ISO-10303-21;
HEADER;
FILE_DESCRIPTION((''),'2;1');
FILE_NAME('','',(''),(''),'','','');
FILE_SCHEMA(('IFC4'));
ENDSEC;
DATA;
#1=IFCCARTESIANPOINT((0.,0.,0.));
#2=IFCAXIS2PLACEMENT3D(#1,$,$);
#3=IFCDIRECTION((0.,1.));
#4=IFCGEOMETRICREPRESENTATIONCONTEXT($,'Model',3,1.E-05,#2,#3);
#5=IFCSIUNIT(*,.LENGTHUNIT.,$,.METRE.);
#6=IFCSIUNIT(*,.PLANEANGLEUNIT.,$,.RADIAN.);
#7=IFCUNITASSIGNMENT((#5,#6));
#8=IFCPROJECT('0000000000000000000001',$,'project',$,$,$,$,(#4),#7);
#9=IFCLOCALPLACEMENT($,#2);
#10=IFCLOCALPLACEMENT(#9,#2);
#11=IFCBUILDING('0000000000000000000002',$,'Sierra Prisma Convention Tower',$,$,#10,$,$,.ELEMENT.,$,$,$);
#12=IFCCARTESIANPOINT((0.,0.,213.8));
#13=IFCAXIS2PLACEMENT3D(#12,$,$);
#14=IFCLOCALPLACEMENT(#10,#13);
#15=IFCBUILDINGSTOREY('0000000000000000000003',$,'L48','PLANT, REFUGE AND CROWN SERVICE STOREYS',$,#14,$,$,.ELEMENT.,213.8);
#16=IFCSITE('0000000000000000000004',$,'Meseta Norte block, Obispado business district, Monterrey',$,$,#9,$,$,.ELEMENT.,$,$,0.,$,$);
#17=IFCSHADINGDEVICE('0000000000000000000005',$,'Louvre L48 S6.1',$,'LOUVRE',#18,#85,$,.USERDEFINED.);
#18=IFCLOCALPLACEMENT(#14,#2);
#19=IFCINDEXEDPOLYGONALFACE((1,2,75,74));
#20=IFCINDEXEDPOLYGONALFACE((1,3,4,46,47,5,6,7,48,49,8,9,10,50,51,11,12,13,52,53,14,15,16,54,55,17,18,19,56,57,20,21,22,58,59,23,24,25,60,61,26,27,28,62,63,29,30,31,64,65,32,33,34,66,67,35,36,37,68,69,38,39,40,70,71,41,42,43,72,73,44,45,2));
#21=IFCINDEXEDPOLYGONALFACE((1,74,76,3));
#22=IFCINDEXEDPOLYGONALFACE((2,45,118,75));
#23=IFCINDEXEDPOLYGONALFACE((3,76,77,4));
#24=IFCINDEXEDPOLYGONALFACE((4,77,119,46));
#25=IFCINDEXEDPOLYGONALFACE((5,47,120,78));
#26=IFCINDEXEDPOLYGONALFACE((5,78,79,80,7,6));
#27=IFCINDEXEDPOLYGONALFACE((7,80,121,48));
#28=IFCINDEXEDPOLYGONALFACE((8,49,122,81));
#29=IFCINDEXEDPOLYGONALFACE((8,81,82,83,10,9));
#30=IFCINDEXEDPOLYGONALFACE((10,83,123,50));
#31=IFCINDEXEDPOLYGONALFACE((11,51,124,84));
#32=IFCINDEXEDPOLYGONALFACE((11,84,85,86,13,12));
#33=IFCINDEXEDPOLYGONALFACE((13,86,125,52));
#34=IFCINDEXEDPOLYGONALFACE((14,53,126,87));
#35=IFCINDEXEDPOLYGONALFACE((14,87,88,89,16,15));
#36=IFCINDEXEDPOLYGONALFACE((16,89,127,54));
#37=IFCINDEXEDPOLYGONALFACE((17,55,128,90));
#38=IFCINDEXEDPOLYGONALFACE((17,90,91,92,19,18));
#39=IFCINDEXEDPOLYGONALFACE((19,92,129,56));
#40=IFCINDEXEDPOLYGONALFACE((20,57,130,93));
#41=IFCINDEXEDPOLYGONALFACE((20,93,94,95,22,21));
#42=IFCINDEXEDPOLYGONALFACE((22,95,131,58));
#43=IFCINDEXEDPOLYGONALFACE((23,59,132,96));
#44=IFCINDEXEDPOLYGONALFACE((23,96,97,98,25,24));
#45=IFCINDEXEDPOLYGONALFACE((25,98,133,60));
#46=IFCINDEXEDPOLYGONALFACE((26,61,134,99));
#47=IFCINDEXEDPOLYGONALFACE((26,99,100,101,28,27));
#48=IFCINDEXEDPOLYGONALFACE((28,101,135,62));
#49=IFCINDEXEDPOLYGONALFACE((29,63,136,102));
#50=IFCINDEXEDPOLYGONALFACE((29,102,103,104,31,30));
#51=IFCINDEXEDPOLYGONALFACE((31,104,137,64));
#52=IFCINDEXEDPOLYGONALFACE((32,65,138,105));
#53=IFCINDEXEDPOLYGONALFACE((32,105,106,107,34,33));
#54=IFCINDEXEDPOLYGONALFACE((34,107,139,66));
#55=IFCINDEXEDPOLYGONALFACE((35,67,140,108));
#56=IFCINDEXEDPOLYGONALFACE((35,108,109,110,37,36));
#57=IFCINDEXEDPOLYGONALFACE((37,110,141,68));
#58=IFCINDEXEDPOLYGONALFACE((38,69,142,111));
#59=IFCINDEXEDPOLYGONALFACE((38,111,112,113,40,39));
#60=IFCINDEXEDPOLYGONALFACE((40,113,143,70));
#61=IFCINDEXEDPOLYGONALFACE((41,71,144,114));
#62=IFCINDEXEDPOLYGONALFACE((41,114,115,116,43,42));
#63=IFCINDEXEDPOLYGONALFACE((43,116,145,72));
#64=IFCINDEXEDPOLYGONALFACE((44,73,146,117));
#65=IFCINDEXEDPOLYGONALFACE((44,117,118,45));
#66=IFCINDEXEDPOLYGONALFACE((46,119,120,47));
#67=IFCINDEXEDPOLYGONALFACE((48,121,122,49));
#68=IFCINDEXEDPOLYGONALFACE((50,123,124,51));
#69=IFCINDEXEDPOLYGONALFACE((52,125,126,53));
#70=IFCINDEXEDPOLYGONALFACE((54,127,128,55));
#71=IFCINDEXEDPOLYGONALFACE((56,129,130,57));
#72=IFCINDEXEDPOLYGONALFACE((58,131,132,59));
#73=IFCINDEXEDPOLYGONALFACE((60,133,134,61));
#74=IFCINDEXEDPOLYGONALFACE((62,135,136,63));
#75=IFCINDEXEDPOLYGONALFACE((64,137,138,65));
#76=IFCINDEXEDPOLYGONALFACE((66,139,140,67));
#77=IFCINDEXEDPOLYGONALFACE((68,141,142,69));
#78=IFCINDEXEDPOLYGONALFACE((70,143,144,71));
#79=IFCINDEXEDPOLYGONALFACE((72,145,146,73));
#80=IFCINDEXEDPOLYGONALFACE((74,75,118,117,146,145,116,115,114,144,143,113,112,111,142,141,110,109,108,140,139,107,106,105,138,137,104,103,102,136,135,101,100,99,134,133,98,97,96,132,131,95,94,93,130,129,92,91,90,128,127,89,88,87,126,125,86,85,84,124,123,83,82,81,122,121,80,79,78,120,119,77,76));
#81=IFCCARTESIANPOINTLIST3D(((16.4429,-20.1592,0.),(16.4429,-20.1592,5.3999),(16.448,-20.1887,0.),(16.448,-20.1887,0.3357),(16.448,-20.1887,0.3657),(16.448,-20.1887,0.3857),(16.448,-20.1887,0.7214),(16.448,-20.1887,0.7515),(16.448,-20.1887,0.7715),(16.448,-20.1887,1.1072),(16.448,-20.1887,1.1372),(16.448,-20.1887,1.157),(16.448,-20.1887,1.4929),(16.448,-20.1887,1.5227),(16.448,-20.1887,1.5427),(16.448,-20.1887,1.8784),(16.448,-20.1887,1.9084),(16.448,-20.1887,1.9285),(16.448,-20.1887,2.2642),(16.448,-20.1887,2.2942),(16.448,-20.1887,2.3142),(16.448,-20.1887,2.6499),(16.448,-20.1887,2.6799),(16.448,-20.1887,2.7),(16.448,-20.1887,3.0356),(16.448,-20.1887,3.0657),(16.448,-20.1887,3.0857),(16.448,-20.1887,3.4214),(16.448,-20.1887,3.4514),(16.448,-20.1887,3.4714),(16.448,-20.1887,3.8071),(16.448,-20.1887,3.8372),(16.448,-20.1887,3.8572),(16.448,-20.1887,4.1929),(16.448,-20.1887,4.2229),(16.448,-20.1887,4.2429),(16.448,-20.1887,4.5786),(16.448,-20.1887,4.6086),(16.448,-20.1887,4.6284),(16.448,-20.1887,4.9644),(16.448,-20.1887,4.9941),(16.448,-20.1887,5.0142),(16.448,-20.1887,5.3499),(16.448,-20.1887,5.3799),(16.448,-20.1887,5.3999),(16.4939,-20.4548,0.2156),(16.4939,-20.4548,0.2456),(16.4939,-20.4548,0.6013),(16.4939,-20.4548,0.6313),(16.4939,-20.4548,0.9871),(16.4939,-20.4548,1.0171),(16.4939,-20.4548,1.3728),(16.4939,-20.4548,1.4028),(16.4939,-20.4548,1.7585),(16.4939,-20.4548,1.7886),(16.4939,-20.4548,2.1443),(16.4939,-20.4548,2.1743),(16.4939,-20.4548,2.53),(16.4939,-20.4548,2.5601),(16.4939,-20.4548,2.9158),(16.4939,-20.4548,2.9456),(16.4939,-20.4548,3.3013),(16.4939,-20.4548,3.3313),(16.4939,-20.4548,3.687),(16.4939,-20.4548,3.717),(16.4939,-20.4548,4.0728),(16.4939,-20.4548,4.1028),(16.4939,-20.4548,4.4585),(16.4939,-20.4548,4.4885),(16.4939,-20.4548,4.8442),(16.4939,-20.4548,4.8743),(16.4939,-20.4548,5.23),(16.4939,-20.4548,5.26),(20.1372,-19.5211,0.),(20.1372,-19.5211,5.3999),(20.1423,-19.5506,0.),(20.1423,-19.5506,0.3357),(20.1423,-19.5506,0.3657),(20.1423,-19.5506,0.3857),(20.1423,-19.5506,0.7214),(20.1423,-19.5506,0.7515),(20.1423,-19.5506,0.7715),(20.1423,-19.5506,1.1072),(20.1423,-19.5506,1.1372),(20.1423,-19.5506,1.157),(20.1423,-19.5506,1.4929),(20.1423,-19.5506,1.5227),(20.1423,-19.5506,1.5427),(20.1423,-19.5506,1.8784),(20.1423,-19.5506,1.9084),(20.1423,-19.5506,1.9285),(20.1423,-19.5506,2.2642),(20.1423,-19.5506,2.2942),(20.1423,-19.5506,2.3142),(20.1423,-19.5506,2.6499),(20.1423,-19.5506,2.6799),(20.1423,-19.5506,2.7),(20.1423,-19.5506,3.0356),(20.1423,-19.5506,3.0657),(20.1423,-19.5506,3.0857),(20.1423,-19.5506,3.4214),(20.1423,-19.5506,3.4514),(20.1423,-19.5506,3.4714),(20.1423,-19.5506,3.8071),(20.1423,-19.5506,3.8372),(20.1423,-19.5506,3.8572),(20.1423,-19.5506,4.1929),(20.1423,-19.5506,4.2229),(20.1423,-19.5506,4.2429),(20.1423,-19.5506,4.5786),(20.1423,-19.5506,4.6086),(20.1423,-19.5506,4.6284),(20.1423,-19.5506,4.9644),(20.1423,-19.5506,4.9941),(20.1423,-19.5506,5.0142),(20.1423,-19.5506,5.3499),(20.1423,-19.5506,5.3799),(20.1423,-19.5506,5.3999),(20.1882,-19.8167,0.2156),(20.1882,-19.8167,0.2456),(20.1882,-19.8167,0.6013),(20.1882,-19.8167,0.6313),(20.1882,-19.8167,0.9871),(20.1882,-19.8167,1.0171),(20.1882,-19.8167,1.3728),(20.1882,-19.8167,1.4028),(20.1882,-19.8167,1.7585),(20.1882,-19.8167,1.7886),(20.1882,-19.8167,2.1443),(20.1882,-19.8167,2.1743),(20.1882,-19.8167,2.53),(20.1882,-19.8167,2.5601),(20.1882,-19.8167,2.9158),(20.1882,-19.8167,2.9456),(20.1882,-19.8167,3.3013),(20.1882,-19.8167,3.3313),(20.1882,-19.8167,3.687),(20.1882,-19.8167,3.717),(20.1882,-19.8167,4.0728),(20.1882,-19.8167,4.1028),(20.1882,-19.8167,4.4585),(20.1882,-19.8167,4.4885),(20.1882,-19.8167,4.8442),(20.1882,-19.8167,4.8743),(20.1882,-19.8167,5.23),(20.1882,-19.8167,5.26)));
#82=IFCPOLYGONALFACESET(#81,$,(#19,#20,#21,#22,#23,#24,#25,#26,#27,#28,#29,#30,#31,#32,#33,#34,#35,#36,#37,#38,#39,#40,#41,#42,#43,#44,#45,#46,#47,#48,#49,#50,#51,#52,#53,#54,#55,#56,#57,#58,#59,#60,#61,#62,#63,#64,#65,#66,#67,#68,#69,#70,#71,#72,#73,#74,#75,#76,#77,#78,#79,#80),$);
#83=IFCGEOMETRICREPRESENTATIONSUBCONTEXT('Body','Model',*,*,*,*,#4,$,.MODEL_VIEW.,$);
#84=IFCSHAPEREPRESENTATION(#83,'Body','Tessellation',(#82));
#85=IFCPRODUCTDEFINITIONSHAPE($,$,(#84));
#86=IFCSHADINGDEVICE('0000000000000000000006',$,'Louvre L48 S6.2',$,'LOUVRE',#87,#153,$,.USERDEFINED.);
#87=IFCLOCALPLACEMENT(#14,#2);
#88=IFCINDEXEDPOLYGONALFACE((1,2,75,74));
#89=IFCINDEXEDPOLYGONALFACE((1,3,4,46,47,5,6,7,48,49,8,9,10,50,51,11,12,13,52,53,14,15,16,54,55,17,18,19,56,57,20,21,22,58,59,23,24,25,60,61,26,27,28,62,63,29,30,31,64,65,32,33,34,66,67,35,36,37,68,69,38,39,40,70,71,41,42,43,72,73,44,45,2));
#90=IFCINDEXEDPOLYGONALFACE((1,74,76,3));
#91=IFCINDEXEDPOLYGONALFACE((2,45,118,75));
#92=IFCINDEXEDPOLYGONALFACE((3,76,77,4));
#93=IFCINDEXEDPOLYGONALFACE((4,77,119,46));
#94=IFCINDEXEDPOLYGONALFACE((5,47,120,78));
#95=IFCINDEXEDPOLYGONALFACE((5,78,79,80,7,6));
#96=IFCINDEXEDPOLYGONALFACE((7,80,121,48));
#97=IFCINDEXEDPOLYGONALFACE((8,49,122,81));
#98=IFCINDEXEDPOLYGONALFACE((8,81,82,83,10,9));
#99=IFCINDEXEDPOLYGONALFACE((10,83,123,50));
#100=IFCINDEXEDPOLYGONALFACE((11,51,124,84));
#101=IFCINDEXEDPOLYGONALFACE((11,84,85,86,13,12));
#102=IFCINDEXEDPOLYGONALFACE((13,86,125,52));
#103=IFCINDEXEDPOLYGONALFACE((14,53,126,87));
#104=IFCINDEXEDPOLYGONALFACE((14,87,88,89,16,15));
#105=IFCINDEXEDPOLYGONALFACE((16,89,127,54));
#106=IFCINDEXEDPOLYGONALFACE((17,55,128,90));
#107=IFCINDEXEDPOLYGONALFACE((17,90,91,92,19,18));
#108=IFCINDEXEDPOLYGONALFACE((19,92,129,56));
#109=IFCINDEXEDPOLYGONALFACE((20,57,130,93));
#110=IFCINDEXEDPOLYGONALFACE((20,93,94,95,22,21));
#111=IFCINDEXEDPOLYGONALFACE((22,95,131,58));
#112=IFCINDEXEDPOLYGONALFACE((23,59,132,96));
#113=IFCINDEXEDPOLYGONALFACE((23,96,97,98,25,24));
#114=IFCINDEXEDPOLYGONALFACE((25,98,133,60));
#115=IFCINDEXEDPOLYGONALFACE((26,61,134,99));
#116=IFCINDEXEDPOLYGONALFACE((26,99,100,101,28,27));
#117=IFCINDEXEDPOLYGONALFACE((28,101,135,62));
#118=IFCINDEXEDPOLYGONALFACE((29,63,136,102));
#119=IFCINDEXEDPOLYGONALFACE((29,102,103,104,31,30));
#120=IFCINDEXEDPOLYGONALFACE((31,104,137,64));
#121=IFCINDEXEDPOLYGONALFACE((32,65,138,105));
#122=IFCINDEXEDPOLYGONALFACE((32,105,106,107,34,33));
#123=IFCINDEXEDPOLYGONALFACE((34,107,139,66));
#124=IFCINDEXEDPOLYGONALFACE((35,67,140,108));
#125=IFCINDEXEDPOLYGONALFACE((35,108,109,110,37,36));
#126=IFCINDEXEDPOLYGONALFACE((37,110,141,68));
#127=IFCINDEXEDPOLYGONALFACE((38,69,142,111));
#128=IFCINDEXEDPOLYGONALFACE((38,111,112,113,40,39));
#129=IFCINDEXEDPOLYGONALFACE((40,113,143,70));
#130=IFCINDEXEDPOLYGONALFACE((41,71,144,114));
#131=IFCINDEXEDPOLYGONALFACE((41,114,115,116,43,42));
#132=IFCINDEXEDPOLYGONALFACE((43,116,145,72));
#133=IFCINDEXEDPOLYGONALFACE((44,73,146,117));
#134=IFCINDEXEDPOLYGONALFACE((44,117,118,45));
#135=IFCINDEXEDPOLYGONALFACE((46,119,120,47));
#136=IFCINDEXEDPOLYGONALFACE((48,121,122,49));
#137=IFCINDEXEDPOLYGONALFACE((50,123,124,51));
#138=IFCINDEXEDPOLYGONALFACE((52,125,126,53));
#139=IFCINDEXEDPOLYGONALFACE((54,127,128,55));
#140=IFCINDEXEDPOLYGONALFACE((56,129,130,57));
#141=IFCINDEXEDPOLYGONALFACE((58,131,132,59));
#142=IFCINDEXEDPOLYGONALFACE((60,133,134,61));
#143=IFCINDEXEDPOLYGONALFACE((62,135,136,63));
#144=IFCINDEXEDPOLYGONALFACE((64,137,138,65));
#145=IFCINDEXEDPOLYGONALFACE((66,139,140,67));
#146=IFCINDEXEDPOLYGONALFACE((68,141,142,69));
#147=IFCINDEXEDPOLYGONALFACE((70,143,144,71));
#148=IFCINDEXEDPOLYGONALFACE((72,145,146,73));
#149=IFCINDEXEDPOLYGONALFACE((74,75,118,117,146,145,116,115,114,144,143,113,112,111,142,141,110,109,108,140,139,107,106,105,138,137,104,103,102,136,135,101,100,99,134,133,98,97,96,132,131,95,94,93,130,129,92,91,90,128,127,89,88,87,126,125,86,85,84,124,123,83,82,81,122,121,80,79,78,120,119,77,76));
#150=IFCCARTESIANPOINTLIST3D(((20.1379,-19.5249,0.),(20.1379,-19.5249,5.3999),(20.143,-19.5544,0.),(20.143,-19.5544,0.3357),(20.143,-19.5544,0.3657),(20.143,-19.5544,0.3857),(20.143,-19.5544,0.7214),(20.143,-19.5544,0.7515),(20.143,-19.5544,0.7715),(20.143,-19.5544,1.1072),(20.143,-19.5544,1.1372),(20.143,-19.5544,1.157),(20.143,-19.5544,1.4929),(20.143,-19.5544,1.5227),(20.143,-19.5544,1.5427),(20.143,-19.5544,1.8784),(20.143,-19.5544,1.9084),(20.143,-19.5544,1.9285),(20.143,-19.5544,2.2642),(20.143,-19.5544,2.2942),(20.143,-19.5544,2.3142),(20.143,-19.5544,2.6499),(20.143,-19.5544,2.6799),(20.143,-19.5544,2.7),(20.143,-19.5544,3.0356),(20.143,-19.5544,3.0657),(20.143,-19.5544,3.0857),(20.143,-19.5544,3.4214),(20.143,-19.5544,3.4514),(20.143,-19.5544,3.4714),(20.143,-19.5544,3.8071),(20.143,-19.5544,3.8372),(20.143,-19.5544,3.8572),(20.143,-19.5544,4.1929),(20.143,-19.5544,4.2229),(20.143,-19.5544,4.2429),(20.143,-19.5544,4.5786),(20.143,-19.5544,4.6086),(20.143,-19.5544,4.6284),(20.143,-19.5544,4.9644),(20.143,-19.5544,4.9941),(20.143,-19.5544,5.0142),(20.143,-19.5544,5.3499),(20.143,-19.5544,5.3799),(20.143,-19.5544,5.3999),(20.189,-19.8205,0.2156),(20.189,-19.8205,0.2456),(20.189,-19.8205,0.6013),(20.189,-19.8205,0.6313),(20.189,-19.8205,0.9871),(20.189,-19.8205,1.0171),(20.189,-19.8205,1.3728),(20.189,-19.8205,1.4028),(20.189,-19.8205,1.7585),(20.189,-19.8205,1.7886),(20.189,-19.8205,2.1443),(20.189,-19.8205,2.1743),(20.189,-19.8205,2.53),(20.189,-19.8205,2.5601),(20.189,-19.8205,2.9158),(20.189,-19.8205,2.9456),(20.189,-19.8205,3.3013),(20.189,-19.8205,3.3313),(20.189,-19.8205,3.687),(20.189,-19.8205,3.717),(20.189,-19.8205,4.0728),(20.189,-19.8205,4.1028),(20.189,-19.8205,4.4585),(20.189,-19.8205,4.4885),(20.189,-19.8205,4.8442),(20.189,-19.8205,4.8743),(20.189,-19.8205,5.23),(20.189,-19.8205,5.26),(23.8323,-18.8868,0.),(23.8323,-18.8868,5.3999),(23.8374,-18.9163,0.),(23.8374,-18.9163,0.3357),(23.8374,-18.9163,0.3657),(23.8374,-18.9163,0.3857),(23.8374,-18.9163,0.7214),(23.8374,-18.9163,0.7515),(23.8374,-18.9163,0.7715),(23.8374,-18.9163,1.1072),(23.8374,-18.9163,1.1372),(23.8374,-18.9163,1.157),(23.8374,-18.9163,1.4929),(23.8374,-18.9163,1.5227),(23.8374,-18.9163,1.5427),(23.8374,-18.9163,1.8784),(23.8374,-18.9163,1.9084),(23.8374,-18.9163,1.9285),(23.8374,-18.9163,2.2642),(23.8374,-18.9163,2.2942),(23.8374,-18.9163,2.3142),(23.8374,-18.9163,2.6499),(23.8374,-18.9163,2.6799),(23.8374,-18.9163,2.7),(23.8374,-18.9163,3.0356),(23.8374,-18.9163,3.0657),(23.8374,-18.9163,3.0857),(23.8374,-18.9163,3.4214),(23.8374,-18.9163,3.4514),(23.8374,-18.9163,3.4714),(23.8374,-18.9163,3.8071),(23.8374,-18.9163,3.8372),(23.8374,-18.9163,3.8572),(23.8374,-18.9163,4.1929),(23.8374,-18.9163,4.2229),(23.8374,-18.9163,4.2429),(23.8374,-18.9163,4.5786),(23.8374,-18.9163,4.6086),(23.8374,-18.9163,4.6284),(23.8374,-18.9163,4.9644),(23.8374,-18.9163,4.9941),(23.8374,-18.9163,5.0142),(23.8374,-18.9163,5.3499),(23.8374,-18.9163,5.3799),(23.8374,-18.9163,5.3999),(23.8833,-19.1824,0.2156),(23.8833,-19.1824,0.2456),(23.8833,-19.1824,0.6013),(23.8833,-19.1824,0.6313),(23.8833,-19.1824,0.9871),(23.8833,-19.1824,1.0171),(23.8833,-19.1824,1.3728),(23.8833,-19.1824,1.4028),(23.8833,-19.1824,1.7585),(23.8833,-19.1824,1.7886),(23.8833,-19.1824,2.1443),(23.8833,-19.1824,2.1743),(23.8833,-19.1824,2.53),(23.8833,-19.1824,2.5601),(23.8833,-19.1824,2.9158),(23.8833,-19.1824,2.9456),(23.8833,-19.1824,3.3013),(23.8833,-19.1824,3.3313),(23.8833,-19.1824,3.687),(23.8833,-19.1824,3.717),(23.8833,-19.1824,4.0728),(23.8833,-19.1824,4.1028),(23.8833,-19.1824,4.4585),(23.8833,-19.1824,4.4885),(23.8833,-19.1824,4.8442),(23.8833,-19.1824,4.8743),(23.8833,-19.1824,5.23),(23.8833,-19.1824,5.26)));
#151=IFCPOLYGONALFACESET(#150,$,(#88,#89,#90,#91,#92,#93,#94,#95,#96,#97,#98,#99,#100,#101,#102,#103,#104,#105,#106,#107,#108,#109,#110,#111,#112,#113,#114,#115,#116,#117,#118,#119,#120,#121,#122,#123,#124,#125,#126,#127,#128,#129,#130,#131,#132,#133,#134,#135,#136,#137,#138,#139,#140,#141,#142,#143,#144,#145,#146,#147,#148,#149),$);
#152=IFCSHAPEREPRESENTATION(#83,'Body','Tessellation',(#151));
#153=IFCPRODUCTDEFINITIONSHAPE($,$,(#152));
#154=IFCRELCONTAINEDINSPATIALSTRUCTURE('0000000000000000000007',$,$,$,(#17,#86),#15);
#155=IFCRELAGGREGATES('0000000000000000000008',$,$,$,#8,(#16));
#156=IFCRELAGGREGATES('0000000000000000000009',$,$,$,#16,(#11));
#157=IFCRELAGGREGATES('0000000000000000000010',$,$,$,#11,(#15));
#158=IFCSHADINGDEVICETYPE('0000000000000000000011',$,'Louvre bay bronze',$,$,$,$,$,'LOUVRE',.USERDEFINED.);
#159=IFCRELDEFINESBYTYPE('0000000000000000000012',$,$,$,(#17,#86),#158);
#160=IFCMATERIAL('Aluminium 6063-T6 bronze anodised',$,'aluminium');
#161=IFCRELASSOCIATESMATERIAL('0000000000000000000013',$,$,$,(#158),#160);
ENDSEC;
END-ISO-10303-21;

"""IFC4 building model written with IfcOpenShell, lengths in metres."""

from ifc_helpers import new_model, si_unit, direction, frame, origin, place, context, subcontext, project, spatial, polyline, outline, extrude, material, type_object, element, save


model = new_model("IFC4")

# Units and contexts
model_context = context("Model", 3, precision=1e-05, world=origin(), true_north=direction((0.0, 1.0)))
body_context = subcontext(model_context, "Body", "Model", "MODEL_VIEW")
ifc_project = project(units=[si_unit("LENGTHUNIT", "METRE"), si_unit("PLANEANGLEUNIT", "RADIAN")], contexts=[model_context])

# Site, building, storey
site_placement = place(None, origin())
site = spatial("IfcSite", under=ifc_project, at=site_placement, Name="Meseta Norte block, Obispado business district, Monterrey", CompositionType="ELEMENT", RefElevation=0.0)
building_placement = place(site_placement, origin())
building = spatial("IfcBuilding", under=site, at=building_placement, Name="Sierra Prisma Convention Tower", CompositionType="ELEMENT")
storey_placement = place(building_placement, frame((0.0, 0.0, 213.8)))
storey = spatial("IfcBuildingStorey", under=building, at=storey_placement, Name="L48", Description="PLANT, REFUGE AND CROWN SERVICE STOREYS", CompositionType="ELEMENT", Elevation=213.8)

# Shading devices
ifc_material_1 = material(Name="Aluminium 6063-T6 bronze anodised", Category="aluminium")
shading_device_type = type_object("IfcShadingDeviceType", Name="Louvre bay bronze", ElementType="LOUVRE", PredefinedType="USERDEFINED", material=ifc_material_1)
shading_device_1_placement = place(storey_placement, frame((16.4429, -20.1592, 0.0), z_axis=(-0.985408, -0.170212, 0.0), x_axis=(0.0, 0.0, 1.0)))
element("IfcShadingDevice", 1, at=shading_device_1_placement, inside=storey, type_object=shading_device_type, Name="Louvre L48 S6.1", ObjectType="LOUVRE", PredefinedType="USERDEFINED", context=body_context, shape_type="SweptSolid", body=[
    extrude(outline(polyline([(0.0, 0.0), (5.3999, 0.0), (5.3999, -0.03), (5.3799, -0.03), (5.26, -0.3), (5.23, -0.3), (5.3499, -0.03), (5.0142, -0.03), (4.9941, -0.03), (4.8743, -0.3), (4.8442, -0.3), (4.9644, -0.03), (4.6284, -0.03), (4.6086, -0.03), (4.4885, -0.3), (4.4585, -0.3), (4.5786, -0.03), (4.2429, -0.03), (4.2229, -0.03), (4.1028, -0.3), (4.0728, -0.3), (4.1929, -0.03), (3.8572, -0.03), (3.8372, -0.03), (3.717, -0.3), (3.687, -0.3), (3.8071, -0.03), (3.4714, -0.03), (3.4514, -0.03), (3.3313, -0.3), (3.3013, -0.3), (3.4214, -0.03), (3.0857, -0.03), (3.0657, -0.03), (2.9456, -0.3), (2.9158, -0.3), (3.0356, -0.03), (2.7, -0.03), (2.6799, -0.03), (2.5601, -0.3), (2.53, -0.3), (2.6499, -0.03), (2.3142, -0.03), (2.2942, -0.03), (2.1743, -0.3), (2.1443, -0.3), (2.2642, -0.03), (1.9285, -0.03), (1.9084, -0.03), (1.7886, -0.3), (1.7585, -0.3), (1.8784, -0.03), (1.5427, -0.03), (1.5227, -0.03), (1.4028, -0.3), (1.3728, -0.3), (1.4929, -0.03), (1.157, -0.03), (1.1372, -0.03), (1.0171, -0.3), (0.9871, -0.3), (1.1072, -0.03), (0.7715, -0.03), (0.7515, -0.03), (0.6313, -0.3), (0.6013, -0.3), (0.7214, -0.03), (0.3857, -0.03), (0.3657, -0.03), (0.2456, -0.3), (0.2156, -0.3), (0.3357, -0.03), (0.0, -0.03), (0.0, 0.0)])), origin(), (0.0, 0.0, -1.0), 3.749),
])
shading_device_2_placement = place(storey_placement, frame((20.1379, -19.5249, 0.0), z_axis=(-0.985408, -0.170212, 0.0), x_axis=(0.0, 0.0, 1.0)))
element("IfcShadingDevice", 2, at=shading_device_2_placement, inside=storey, type_object=shading_device_type, Name="Louvre L48 S6.2", ObjectType="LOUVRE", PredefinedType="USERDEFINED", context=body_context, shape_type="SweptSolid", body=[
    extrude(outline(polyline([(0.0, 0.0), (5.3999, 0.0), (5.3999, -0.03), (5.3799, -0.03), (5.26, -0.3), (5.23, -0.3), (5.3499, -0.03), (5.0142, -0.03), (4.9941, -0.03), (4.8743, -0.3), (4.8442, -0.3), (4.9644, -0.03), (4.6284, -0.03), (4.6086, -0.03), (4.4885, -0.3), (4.4585, -0.3), (4.5786, -0.03), (4.2429, -0.03), (4.2229, -0.03), (4.1028, -0.3), (4.0728, -0.3), (4.1929, -0.03), (3.8572, -0.03), (3.8372, -0.03), (3.717, -0.3), (3.687, -0.3), (3.8071, -0.03), (3.4714, -0.03), (3.4514, -0.03), (3.3313, -0.3), (3.3013, -0.3), (3.4214, -0.03), (3.0857, -0.03), (3.0657, -0.03), (2.9456, -0.3), (2.9158, -0.3), (3.0356, -0.03), (2.7, -0.03), (2.6799, -0.03), (2.5601, -0.3), (2.53, -0.3), (2.6499, -0.03), (2.3142, -0.03), (2.2942, -0.03), (2.1743, -0.3), (2.1443, -0.3), (2.2642, -0.03), (1.9285, -0.03), (1.9084, -0.03), (1.7886, -0.3), (1.7585, -0.3), (1.8784, -0.03), (1.5427, -0.03), (1.5227, -0.03), (1.4028, -0.3), (1.3728, -0.3), (1.4929, -0.03), (1.157, -0.03), (1.1372, -0.03), (1.0171, -0.3), (0.9871, -0.3), (1.1072, -0.03), (0.7715, -0.03), (0.7515, -0.03), (0.6313, -0.3), (0.6013, -0.3), (0.7214, -0.03), (0.3857, -0.03), (0.3657, -0.03), (0.2456, -0.3), (0.2156, -0.3), (0.3357, -0.03), (0.0, -0.03), (0.0, 0.0)])), origin(), (0.0, 0.0, -1.0), 3.749),
])

save(model, "model.ifc")
